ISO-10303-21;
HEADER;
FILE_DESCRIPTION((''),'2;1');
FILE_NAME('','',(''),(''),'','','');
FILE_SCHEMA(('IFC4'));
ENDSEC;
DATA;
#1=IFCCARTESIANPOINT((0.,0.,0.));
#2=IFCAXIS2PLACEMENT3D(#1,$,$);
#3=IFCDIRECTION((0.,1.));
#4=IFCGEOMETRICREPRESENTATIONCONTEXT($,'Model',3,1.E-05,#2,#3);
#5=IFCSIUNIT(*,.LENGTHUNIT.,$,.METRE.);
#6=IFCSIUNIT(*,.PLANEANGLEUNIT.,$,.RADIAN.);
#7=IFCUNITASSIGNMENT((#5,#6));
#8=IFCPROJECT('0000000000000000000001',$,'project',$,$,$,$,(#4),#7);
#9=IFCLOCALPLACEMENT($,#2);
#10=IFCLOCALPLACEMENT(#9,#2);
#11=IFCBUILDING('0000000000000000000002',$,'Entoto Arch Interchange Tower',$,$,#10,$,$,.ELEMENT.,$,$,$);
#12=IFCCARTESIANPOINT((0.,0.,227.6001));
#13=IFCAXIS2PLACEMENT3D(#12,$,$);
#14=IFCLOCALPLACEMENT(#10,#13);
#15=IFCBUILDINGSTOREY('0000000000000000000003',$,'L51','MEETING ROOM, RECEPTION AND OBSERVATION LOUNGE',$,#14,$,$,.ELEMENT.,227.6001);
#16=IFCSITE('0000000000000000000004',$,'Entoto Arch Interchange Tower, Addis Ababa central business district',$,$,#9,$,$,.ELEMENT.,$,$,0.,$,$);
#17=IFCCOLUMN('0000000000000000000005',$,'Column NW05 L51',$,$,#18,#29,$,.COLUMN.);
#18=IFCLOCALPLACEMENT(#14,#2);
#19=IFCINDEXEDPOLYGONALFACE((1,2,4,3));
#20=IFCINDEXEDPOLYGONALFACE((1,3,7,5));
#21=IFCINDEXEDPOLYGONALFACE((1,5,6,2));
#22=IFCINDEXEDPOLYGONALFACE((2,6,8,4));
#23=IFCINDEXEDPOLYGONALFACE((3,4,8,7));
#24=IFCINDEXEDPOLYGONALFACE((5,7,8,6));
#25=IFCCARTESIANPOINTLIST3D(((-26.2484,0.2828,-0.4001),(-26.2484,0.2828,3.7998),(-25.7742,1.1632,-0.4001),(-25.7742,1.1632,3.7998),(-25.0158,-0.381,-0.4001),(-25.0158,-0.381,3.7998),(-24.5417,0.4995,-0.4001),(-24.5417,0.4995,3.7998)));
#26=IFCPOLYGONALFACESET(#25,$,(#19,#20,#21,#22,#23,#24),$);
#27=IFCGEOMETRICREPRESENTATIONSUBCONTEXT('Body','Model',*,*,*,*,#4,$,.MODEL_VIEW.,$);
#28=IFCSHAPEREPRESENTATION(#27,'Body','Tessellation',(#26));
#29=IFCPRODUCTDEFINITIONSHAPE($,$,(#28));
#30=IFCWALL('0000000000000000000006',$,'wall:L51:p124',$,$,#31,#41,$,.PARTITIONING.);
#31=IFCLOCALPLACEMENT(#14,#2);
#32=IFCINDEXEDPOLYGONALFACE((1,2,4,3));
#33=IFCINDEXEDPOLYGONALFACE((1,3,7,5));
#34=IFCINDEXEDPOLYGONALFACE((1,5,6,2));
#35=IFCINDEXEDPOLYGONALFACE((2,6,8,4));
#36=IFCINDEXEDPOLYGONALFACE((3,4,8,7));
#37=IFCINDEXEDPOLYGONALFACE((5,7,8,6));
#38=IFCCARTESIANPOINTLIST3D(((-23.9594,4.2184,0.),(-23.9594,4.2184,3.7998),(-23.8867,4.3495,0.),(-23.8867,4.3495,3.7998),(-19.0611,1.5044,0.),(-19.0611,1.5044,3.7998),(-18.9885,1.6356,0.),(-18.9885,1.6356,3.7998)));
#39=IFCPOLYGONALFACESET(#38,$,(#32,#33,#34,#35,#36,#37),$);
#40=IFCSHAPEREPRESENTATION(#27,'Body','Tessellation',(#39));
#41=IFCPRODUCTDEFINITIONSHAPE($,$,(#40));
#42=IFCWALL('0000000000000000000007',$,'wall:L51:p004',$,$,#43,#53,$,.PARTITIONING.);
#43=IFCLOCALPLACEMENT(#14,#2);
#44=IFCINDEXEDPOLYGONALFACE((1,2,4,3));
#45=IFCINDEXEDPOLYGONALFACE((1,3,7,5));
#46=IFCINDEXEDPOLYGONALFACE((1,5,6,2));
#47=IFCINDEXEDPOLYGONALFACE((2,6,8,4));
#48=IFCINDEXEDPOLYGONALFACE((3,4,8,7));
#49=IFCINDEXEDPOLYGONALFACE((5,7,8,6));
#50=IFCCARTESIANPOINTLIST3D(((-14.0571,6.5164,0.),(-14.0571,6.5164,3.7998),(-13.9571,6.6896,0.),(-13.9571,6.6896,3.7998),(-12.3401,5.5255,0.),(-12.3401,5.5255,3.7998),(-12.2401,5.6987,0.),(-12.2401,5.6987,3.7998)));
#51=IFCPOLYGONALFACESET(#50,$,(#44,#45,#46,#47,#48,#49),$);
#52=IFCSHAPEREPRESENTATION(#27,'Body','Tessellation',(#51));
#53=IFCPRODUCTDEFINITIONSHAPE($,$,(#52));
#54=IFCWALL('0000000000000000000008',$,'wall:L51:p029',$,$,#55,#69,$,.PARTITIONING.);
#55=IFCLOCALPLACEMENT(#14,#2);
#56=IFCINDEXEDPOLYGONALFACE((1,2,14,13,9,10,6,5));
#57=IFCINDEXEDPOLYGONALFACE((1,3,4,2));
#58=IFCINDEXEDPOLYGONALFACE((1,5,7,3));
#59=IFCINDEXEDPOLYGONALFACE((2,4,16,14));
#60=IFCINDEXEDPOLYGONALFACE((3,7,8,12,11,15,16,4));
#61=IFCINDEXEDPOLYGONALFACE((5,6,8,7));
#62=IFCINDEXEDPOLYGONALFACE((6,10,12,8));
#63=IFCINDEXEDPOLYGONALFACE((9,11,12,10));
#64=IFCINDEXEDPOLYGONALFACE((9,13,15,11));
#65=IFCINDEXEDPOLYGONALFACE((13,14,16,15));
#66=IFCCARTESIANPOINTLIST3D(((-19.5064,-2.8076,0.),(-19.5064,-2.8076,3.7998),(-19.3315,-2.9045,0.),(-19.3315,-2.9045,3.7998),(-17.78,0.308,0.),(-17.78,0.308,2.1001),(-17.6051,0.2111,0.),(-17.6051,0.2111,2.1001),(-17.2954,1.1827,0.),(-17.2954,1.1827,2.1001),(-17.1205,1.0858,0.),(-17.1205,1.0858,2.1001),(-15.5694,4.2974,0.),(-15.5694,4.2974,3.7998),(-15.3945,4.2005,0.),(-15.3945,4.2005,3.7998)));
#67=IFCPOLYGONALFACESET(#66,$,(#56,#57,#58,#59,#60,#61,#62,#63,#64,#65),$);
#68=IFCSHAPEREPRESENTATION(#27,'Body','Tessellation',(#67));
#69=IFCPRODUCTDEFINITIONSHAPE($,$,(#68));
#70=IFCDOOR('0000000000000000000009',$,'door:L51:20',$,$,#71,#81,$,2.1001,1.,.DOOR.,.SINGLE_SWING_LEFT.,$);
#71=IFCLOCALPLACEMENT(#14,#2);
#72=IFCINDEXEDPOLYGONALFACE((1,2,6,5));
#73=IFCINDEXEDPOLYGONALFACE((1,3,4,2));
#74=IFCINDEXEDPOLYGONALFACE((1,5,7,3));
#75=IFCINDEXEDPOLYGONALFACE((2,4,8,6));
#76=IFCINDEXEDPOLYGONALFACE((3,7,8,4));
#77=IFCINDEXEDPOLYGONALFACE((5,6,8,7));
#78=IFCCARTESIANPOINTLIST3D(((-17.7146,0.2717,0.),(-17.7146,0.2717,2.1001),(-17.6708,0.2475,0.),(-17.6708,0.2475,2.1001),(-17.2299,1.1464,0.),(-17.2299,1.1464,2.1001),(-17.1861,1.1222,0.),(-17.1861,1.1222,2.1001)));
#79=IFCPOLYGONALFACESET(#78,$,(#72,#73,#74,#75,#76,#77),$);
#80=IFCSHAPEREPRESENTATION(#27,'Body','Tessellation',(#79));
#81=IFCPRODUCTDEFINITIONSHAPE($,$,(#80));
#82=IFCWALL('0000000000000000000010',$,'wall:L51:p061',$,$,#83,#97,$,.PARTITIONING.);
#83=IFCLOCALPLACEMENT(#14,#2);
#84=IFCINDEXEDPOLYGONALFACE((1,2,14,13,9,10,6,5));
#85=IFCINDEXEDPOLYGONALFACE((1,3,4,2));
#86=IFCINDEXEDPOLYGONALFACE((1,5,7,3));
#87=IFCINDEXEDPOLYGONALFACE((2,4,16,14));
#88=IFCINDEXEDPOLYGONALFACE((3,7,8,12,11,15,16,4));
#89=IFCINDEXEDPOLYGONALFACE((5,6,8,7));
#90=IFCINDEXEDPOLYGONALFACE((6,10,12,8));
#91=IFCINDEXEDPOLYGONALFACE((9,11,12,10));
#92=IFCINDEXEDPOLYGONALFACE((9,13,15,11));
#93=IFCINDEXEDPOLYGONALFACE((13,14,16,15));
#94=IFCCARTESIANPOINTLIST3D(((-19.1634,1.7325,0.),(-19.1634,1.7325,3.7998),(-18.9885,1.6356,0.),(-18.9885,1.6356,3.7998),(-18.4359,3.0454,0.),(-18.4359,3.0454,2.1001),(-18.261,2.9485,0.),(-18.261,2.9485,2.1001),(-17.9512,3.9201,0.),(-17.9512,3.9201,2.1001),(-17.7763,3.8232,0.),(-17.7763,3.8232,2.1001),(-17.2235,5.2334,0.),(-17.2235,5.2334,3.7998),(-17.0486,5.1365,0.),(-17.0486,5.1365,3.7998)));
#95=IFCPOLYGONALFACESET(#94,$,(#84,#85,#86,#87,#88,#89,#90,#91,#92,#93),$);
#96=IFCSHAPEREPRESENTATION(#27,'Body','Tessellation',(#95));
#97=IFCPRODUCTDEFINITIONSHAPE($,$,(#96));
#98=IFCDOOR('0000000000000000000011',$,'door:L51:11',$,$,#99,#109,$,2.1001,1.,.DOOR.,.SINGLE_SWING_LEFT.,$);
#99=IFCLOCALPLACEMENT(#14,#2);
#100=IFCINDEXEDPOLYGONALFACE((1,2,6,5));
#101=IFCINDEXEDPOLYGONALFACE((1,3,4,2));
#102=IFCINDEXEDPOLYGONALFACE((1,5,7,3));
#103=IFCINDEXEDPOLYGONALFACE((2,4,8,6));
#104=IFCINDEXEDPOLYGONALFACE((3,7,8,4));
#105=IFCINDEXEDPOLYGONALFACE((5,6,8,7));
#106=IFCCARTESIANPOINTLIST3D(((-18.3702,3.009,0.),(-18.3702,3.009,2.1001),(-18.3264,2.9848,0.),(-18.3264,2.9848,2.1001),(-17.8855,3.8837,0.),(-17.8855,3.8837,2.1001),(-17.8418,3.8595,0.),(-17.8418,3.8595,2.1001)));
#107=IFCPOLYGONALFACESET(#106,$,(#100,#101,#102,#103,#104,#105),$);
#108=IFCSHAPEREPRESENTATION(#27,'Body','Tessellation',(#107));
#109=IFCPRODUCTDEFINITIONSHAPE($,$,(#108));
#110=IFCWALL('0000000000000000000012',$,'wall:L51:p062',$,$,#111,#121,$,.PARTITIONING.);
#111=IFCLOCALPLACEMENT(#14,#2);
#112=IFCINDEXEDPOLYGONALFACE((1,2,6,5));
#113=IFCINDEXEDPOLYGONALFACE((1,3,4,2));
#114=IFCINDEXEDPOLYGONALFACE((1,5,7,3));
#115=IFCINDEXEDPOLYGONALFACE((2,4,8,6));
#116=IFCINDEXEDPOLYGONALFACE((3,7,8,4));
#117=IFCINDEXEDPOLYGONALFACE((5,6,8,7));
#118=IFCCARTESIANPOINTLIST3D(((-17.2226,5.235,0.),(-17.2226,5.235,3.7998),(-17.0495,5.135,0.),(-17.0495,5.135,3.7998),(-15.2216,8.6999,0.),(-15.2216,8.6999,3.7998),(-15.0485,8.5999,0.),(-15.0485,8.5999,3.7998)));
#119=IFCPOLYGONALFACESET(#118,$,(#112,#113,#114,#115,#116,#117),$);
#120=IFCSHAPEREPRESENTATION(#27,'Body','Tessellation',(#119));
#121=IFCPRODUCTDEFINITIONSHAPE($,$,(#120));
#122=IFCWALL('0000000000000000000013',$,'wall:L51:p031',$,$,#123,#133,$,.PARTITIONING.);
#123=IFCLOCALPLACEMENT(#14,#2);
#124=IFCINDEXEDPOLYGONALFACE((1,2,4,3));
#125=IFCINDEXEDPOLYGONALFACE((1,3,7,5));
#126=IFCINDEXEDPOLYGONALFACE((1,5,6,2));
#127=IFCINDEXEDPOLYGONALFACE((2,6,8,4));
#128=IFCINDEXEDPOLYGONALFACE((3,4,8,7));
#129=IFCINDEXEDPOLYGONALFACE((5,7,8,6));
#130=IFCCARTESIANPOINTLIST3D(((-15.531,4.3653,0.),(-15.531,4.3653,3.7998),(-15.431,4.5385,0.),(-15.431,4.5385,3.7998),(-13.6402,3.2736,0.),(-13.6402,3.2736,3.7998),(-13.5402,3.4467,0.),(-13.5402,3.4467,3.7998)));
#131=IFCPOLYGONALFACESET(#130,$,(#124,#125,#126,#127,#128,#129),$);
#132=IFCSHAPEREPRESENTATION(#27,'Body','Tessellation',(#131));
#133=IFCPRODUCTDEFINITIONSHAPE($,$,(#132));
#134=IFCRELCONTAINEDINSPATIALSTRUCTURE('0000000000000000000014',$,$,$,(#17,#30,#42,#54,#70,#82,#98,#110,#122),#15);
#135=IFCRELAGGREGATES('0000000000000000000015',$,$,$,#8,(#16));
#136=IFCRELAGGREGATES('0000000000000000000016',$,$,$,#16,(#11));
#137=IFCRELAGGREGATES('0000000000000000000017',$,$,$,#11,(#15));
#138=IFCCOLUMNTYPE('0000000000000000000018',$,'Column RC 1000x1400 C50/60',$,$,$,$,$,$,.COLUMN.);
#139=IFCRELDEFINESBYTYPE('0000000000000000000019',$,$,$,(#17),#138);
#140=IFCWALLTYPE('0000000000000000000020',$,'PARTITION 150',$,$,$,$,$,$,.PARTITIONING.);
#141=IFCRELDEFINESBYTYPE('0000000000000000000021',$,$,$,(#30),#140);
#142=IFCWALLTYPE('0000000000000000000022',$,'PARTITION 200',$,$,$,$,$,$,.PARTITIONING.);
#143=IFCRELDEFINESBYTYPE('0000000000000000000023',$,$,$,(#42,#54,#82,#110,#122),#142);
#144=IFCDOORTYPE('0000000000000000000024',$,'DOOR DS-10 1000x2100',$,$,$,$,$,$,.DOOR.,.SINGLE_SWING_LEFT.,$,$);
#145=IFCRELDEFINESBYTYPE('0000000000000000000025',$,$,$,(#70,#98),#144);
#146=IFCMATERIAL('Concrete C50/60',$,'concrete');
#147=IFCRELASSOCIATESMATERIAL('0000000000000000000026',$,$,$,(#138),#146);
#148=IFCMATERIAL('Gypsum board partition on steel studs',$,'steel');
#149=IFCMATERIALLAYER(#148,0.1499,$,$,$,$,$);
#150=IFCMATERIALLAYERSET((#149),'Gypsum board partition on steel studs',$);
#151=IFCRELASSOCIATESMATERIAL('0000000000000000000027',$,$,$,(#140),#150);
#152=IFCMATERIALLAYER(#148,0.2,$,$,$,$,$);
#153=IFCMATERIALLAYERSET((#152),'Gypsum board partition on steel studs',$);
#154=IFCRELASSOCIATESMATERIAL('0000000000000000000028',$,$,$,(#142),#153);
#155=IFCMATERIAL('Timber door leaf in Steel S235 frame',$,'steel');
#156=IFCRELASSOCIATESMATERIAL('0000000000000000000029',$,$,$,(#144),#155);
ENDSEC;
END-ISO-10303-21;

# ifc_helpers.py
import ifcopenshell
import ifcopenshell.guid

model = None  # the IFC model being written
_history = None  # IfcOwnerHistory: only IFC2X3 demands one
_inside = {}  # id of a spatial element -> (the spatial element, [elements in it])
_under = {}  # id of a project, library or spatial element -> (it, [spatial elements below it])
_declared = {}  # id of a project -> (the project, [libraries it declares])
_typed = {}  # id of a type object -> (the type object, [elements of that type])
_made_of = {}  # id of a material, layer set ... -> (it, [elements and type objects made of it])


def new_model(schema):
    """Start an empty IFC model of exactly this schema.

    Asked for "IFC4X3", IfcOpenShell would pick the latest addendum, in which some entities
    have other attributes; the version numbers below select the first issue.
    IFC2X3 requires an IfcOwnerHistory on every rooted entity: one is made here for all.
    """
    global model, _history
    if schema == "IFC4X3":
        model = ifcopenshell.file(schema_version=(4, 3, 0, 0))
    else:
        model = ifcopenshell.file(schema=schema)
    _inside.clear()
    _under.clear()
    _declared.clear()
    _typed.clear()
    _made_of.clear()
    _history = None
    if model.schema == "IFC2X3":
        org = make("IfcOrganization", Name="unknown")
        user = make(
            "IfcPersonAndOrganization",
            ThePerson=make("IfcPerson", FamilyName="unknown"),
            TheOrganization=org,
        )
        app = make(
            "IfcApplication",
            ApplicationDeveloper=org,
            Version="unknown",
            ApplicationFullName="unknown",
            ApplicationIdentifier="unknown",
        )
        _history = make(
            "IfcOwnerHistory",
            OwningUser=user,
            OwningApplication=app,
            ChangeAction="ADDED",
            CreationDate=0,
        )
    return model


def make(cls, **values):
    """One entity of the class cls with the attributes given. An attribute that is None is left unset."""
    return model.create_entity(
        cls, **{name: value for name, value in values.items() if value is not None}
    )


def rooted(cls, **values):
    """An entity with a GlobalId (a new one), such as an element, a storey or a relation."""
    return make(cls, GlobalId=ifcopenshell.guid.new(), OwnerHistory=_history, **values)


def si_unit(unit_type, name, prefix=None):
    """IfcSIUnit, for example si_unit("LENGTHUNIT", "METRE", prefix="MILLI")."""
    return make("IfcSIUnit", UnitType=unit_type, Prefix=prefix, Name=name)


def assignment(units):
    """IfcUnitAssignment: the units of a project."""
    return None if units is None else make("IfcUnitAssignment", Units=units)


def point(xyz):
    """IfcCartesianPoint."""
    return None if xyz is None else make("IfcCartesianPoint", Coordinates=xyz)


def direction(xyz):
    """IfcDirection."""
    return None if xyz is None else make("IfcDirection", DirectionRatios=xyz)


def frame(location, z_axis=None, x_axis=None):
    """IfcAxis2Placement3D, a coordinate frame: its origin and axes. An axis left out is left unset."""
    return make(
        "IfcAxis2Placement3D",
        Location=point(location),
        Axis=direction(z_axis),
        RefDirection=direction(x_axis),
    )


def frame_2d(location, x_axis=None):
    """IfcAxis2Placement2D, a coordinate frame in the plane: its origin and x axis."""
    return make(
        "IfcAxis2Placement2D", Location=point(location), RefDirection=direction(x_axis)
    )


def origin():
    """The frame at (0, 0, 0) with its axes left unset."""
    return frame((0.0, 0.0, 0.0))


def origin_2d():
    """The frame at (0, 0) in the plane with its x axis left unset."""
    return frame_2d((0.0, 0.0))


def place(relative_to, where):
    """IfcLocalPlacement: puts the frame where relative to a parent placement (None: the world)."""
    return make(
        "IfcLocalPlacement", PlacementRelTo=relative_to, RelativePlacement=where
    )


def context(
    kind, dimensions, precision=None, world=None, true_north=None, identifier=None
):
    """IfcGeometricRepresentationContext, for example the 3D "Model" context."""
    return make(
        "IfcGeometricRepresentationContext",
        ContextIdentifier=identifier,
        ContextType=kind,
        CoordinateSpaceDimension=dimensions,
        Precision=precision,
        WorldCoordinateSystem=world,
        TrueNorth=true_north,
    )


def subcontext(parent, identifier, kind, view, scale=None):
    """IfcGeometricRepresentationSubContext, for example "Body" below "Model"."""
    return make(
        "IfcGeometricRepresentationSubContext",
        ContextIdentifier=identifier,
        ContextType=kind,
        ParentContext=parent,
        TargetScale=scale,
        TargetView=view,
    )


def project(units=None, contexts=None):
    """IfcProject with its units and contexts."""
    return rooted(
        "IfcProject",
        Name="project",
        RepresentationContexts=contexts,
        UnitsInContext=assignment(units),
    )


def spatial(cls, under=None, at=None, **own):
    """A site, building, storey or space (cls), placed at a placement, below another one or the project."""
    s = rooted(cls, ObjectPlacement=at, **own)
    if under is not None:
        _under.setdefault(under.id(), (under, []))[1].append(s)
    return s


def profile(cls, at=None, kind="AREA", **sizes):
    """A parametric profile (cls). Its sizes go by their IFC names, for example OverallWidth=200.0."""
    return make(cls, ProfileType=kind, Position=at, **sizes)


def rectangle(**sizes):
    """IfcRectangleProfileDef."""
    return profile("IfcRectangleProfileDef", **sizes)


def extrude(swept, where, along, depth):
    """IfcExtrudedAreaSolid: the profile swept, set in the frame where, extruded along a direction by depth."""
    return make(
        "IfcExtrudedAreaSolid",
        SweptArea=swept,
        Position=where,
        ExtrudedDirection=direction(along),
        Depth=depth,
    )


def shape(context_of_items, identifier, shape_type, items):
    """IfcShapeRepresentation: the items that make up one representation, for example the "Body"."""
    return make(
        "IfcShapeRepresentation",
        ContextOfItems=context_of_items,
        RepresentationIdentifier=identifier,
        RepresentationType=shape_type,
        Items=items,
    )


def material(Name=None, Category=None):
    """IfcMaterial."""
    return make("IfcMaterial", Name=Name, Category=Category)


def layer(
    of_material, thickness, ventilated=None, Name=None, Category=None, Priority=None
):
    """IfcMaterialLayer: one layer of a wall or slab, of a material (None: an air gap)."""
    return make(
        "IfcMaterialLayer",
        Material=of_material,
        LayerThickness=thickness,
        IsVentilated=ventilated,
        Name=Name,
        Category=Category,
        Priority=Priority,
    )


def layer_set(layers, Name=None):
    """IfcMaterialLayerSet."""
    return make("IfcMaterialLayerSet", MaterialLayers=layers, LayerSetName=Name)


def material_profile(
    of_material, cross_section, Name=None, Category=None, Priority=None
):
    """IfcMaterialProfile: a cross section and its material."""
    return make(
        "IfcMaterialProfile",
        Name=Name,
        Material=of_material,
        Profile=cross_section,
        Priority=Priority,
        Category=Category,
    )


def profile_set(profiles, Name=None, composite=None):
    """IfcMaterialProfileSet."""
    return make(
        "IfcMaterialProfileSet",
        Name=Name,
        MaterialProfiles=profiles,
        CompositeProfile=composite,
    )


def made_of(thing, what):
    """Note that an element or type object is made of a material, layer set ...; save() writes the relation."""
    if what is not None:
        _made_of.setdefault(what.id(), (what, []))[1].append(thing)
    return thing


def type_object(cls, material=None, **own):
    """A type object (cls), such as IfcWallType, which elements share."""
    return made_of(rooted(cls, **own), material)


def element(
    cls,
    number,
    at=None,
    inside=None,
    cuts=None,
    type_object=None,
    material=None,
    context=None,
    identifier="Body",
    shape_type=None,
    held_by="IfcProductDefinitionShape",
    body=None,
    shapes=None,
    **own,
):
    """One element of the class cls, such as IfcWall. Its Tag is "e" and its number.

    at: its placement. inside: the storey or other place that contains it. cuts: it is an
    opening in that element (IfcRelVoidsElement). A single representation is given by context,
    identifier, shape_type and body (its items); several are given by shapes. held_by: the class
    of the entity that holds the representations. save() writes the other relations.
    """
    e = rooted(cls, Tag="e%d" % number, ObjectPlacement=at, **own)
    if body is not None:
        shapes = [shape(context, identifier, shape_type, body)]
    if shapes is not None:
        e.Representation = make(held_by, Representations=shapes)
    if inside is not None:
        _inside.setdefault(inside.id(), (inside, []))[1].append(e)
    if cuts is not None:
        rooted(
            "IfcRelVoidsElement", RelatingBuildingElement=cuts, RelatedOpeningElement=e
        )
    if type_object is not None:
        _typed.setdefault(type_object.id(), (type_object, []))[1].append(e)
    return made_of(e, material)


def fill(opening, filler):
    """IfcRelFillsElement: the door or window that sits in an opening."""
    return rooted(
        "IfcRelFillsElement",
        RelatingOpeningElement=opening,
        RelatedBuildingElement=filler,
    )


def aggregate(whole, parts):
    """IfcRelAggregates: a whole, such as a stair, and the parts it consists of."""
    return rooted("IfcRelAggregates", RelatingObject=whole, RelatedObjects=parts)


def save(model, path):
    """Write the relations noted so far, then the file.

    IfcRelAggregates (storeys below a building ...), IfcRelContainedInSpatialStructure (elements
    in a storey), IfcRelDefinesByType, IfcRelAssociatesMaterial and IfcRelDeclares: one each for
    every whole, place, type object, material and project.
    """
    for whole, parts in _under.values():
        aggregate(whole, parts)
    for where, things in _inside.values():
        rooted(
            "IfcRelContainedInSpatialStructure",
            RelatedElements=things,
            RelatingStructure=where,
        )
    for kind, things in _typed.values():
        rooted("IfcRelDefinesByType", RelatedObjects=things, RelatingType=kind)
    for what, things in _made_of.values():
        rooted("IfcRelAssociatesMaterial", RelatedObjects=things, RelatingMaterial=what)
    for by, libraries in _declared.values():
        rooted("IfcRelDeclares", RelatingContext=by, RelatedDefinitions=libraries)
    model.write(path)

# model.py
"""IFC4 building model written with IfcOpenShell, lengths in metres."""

from ifc_helpers import new_model, si_unit, direction, frame, frame_2d, origin, origin_2d, place, context, subcontext, project, spatial, rectangle, extrude, material, layer, layer_set, material_profile, profile_set, type_object, element, fill, save


model = new_model("IFC4")

# Units and contexts
model_context = context("Model", 3, precision=1e-05, world=origin(), true_north=direction((0.0, 1.0)))
body_context = subcontext(model_context, "Body", "Model", "MODEL_VIEW")
ifc_project = project(units=[si_unit("LENGTHUNIT", "METRE"), si_unit("PLANEANGLEUNIT", "RADIAN")], contexts=[model_context])

# Site, building, storey
site_placement = place(None, origin())
site = spatial("IfcSite", under=ifc_project, at=site_placement, Name="Entoto Arch Interchange Tower, Addis Ababa central business district", CompositionType="ELEMENT", RefElevation=0.0)
building_placement = place(site_placement, origin())
building = spatial("IfcBuilding", under=site, at=building_placement, Name="Entoto Arch Interchange Tower", CompositionType="ELEMENT")
storey_placement = place(building_placement, frame((0.0, 0.0, 227.6001)))
storey = spatial("IfcBuildingStorey", under=building, at=storey_placement, Name="L51", Description="MEETING ROOM, RECEPTION AND OBSERVATION LOUNGE", CompositionType="ELEMENT", Elevation=227.6001)

# Column
ifc_material_1 = material(Name="Concrete C50/60", Category="concrete")
ifc_material_profile = material_profile(ifc_material_1, rectangle(XDim=1.0, YDim=1.3999, at=origin_2d()))
ifc_profile_set = profile_set([ifc_material_profile], Name="Concrete C50/60")
column_type = type_object("IfcColumnType", Name="Column RC 1000x1400 C50/60", PredefinedType="COLUMN", material=ifc_profile_set)
column_placement = place(storey_placement, frame((-25.395, 0.3911, -0.4001), z_axis=(0.0, 0.0, 1.0), x_axis=(0.474134, 0.880453, 0.0)))
element("IfcColumn", 1, at=column_placement, inside=storey, type_object=column_type, Name="Column NW05 L51", PredefinedType="COLUMN", context=body_context, shape_type="SweptSolid", body=[
    extrude(rectangle(XDim=1.0, YDim=1.3999, at=origin_2d()), origin(), (0.0, 0.0, 1.0), 4.2),
])

# Walls
ifc_material_2 = material(Name="Gypsum board partition on steel studs", Category="steel")
ifc_layer_1 = layer(ifc_material_2, 0.1499)
ifc_layer_set_1 = layer_set([ifc_layer_1], Name="Gypsum board partition on steel studs")
wall_type_1 = type_object("IfcWallType", Name="PARTITION 150", PredefinedType="PARTITIONING", material=ifc_layer_set_1)
wall_1_placement = place(storey_placement, frame((-19.0249, 1.5701, 0.0), z_axis=(0.0, 0.0, 1.0), x_axis=(-0.874714, 0.484639, 0.0)))
element("IfcWall", 2, at=wall_1_placement, inside=storey, type_object=wall_type_1, Name="wall:L51:p124", PredefinedType="PARTITIONING", context=body_context, shape_type="SweptSolid", body=[
    extrude(rectangle(XDim=5.5999, YDim=0.1499, at=frame_2d((2.7998, 0.0))), origin(), (0.0, 0.0, 1.0), 3.7998),
])
ifc_layer_2 = layer(ifc_material_2, 0.2)
ifc_layer_set_2 = layer_set([ifc_layer_2], Name="Gypsum board partition on steel studs")
wall_type_2 = type_object("IfcWallType", Name="PARTITION 200", PredefinedType="PARTITIONING", material=ifc_layer_set_2)
wall_2_placement = place(storey_placement, frame((-14.0071, 6.603, 0.0), z_axis=(0.0, 0.0, 1.0), x_axis=(0.866106, -0.499861, 0.0)))
element("IfcWall", 3, at=wall_2_placement, inside=storey, type_object=wall_type_2, Name="wall:L51:p004", PredefinedType="PARTITIONING", context=body_context, shape_type="SweptSolid", body=[
    extrude(rectangle(XDim=1.9824, YDim=0.2, at=frame_2d((0.9912, 0.0))), origin(), (0.0, 0.0, 1.0), 3.7998),
])

# Walls, openings, doors
wall_3_placement = place(storey_placement, frame((-15.4819, 4.249, 0.0), z_axis=(0.0, 0.0, 1.0), x_axis=(-0.484683, -0.87469, 0.0)))
wall_3 = element("IfcWall", 4, at=wall_3_placement, inside=storey, type_object=wall_type_2, Name="wall:L51:p029", PredefinedType="PARTITIONING", context=body_context, shape_type="SweptSolid", body=[
    extrude(rectangle(XDim=8.1228, YDim=0.2, at=frame_2d((4.0615, 0.0))), origin(), (0.0, 0.0, 1.0), 3.7998),
])
opening_1_placement = place(wall_3_placement, frame((3.561, 0.0, 0.0)))
opening_1 = element("IfcOpeningElement", 5, at=opening_1_placement, cuts=wall_3, PredefinedType="OPENING", context=body_context, shape_type="SweptSolid", body=[
    extrude(rectangle(XDim=1.0, YDim=2.1001, at=frame_2d((0.5, 1.05))), frame((0.0, 0.1099, 0.0), z_axis=(0.0, -1.0, 0.0), x_axis=(1.0, 0.0, 0.0)), (0.0, 0.0, 1.0), 0.22),
])
ifc_material_3 = material(Name="Timber door leaf in Steel S235 frame", Category="steel")
door_type = type_object("IfcDoorType", Name="DOOR DS-10 1000x2100", OperationType="SINGLE_SWING_LEFT", PredefinedType="DOOR", material=ifc_material_3)
door_1_placement = place(opening_1_placement, origin())
door_1 = element("IfcDoor", 6, at=door_1_placement, inside=storey, type_object=door_type, Name="door:L51:20", OperationType="SINGLE_SWING_LEFT", OverallHeight=2.1001, OverallWidth=1.0, PredefinedType="DOOR", context=body_context, shape_type="SweptSolid", body=[
    extrude(rectangle(XDim=1.0, YDim=2.1001, at=frame_2d((0.5, 1.05))), frame((0.0, 0.0249, 0.0), z_axis=(0.0, -1.0, 0.0), x_axis=(1.0, 0.0, 0.0)), (0.0, 0.0, 1.0), 0.05),
])
fill(opening_1, door_1)
wall_4_placement = place(storey_placement, frame((-19.0759, 1.6841, 0.0), z_axis=(0.0, 0.0, 1.0), x_axis=(0.484679, 0.874692, 0.0)))
wall_4 = element("IfcWall", 7, at=wall_4_placement, inside=storey, type_object=wall_type_2, Name="wall:L51:p061", PredefinedType="PARTITIONING", context=body_context, shape_type="SweptSolid", body=[
    extrude(rectangle(XDim=4.0024, YDim=0.2, at=frame_2d((2.0012, 0.0))), origin(), (0.0, 0.0, 1.0), 3.7998),
])
opening_2_placement = place(wall_4_placement, frame((1.501, 0.0, 0.0)))
opening_2 = element("IfcOpeningElement", 8, at=opening_2_placement, cuts=wall_4, PredefinedType="OPENING", context=body_context, shape_type="SweptSolid", body=[
    extrude(rectangle(XDim=1.0, YDim=2.1001, at=frame_2d((0.5, 1.05))), frame((0.0, 0.1099, 0.0), z_axis=(0.0, -1.0, 0.0), x_axis=(1.0, 0.0, 0.0)), (0.0, 0.0, 1.0), 0.22),
])
door_2_placement = place(opening_2_placement, origin())
door_2 = element("IfcDoor", 9, at=door_2_placement, inside=storey, type_object=door_type, Name="door:L51:11", OperationType="SINGLE_SWING_LEFT", OverallHeight=2.1001, OverallWidth=1.0, PredefinedType="DOOR", context=body_context, shape_type="SweptSolid", body=[
    extrude(rectangle(XDim=1.0, YDim=2.1001, at=frame_2d((0.5, 1.05))), frame((0.0, 0.0249, 0.0), z_axis=(0.0, -1.0, 0.0), x_axis=(1.0, 0.0, 0.0)), (0.0, 0.0, 1.0), 0.05),
])
fill(opening_2, door_2)

# Walls
wall_5_placement = place(storey_placement, frame((-17.136, 5.1851, 0.0), z_axis=(0.0, 0.0, 1.0), x_axis=(0.500103, 0.865966, 0.0)))
element("IfcWall", 10, at=wall_5_placement, inside=storey, type_object=wall_type_2, Name="wall:L51:p062", PredefinedType="PARTITIONING", context=body_context, shape_type="SweptSolid", body=[
    extrude(rectangle(XDim=4.0012, YDim=0.2, at=frame_2d((2.0005, 0.0))), origin(), (0.0, 0.0, 1.0), 3.7998),
])
wall_6_placement = place(storey_placement, frame((-13.5901, 3.3601, 0.0), z_axis=(0.0, 0.0, 1.0), x_axis=(-0.866005, 0.500035, 0.0)))
element("IfcWall", 11, at=wall_6_placement, inside=storey, type_object=wall_type_2, Name="wall:L51:p031", PredefinedType="PARTITIONING", context=body_context, shape_type="SweptSolid", body=[
    extrude(rectangle(XDim=2.1833, YDim=0.2, at=frame_2d((1.0918, 0.0))), origin(), (0.0, 0.0, 1.0), 3.7998),
])

save(model, "model.ifc")
